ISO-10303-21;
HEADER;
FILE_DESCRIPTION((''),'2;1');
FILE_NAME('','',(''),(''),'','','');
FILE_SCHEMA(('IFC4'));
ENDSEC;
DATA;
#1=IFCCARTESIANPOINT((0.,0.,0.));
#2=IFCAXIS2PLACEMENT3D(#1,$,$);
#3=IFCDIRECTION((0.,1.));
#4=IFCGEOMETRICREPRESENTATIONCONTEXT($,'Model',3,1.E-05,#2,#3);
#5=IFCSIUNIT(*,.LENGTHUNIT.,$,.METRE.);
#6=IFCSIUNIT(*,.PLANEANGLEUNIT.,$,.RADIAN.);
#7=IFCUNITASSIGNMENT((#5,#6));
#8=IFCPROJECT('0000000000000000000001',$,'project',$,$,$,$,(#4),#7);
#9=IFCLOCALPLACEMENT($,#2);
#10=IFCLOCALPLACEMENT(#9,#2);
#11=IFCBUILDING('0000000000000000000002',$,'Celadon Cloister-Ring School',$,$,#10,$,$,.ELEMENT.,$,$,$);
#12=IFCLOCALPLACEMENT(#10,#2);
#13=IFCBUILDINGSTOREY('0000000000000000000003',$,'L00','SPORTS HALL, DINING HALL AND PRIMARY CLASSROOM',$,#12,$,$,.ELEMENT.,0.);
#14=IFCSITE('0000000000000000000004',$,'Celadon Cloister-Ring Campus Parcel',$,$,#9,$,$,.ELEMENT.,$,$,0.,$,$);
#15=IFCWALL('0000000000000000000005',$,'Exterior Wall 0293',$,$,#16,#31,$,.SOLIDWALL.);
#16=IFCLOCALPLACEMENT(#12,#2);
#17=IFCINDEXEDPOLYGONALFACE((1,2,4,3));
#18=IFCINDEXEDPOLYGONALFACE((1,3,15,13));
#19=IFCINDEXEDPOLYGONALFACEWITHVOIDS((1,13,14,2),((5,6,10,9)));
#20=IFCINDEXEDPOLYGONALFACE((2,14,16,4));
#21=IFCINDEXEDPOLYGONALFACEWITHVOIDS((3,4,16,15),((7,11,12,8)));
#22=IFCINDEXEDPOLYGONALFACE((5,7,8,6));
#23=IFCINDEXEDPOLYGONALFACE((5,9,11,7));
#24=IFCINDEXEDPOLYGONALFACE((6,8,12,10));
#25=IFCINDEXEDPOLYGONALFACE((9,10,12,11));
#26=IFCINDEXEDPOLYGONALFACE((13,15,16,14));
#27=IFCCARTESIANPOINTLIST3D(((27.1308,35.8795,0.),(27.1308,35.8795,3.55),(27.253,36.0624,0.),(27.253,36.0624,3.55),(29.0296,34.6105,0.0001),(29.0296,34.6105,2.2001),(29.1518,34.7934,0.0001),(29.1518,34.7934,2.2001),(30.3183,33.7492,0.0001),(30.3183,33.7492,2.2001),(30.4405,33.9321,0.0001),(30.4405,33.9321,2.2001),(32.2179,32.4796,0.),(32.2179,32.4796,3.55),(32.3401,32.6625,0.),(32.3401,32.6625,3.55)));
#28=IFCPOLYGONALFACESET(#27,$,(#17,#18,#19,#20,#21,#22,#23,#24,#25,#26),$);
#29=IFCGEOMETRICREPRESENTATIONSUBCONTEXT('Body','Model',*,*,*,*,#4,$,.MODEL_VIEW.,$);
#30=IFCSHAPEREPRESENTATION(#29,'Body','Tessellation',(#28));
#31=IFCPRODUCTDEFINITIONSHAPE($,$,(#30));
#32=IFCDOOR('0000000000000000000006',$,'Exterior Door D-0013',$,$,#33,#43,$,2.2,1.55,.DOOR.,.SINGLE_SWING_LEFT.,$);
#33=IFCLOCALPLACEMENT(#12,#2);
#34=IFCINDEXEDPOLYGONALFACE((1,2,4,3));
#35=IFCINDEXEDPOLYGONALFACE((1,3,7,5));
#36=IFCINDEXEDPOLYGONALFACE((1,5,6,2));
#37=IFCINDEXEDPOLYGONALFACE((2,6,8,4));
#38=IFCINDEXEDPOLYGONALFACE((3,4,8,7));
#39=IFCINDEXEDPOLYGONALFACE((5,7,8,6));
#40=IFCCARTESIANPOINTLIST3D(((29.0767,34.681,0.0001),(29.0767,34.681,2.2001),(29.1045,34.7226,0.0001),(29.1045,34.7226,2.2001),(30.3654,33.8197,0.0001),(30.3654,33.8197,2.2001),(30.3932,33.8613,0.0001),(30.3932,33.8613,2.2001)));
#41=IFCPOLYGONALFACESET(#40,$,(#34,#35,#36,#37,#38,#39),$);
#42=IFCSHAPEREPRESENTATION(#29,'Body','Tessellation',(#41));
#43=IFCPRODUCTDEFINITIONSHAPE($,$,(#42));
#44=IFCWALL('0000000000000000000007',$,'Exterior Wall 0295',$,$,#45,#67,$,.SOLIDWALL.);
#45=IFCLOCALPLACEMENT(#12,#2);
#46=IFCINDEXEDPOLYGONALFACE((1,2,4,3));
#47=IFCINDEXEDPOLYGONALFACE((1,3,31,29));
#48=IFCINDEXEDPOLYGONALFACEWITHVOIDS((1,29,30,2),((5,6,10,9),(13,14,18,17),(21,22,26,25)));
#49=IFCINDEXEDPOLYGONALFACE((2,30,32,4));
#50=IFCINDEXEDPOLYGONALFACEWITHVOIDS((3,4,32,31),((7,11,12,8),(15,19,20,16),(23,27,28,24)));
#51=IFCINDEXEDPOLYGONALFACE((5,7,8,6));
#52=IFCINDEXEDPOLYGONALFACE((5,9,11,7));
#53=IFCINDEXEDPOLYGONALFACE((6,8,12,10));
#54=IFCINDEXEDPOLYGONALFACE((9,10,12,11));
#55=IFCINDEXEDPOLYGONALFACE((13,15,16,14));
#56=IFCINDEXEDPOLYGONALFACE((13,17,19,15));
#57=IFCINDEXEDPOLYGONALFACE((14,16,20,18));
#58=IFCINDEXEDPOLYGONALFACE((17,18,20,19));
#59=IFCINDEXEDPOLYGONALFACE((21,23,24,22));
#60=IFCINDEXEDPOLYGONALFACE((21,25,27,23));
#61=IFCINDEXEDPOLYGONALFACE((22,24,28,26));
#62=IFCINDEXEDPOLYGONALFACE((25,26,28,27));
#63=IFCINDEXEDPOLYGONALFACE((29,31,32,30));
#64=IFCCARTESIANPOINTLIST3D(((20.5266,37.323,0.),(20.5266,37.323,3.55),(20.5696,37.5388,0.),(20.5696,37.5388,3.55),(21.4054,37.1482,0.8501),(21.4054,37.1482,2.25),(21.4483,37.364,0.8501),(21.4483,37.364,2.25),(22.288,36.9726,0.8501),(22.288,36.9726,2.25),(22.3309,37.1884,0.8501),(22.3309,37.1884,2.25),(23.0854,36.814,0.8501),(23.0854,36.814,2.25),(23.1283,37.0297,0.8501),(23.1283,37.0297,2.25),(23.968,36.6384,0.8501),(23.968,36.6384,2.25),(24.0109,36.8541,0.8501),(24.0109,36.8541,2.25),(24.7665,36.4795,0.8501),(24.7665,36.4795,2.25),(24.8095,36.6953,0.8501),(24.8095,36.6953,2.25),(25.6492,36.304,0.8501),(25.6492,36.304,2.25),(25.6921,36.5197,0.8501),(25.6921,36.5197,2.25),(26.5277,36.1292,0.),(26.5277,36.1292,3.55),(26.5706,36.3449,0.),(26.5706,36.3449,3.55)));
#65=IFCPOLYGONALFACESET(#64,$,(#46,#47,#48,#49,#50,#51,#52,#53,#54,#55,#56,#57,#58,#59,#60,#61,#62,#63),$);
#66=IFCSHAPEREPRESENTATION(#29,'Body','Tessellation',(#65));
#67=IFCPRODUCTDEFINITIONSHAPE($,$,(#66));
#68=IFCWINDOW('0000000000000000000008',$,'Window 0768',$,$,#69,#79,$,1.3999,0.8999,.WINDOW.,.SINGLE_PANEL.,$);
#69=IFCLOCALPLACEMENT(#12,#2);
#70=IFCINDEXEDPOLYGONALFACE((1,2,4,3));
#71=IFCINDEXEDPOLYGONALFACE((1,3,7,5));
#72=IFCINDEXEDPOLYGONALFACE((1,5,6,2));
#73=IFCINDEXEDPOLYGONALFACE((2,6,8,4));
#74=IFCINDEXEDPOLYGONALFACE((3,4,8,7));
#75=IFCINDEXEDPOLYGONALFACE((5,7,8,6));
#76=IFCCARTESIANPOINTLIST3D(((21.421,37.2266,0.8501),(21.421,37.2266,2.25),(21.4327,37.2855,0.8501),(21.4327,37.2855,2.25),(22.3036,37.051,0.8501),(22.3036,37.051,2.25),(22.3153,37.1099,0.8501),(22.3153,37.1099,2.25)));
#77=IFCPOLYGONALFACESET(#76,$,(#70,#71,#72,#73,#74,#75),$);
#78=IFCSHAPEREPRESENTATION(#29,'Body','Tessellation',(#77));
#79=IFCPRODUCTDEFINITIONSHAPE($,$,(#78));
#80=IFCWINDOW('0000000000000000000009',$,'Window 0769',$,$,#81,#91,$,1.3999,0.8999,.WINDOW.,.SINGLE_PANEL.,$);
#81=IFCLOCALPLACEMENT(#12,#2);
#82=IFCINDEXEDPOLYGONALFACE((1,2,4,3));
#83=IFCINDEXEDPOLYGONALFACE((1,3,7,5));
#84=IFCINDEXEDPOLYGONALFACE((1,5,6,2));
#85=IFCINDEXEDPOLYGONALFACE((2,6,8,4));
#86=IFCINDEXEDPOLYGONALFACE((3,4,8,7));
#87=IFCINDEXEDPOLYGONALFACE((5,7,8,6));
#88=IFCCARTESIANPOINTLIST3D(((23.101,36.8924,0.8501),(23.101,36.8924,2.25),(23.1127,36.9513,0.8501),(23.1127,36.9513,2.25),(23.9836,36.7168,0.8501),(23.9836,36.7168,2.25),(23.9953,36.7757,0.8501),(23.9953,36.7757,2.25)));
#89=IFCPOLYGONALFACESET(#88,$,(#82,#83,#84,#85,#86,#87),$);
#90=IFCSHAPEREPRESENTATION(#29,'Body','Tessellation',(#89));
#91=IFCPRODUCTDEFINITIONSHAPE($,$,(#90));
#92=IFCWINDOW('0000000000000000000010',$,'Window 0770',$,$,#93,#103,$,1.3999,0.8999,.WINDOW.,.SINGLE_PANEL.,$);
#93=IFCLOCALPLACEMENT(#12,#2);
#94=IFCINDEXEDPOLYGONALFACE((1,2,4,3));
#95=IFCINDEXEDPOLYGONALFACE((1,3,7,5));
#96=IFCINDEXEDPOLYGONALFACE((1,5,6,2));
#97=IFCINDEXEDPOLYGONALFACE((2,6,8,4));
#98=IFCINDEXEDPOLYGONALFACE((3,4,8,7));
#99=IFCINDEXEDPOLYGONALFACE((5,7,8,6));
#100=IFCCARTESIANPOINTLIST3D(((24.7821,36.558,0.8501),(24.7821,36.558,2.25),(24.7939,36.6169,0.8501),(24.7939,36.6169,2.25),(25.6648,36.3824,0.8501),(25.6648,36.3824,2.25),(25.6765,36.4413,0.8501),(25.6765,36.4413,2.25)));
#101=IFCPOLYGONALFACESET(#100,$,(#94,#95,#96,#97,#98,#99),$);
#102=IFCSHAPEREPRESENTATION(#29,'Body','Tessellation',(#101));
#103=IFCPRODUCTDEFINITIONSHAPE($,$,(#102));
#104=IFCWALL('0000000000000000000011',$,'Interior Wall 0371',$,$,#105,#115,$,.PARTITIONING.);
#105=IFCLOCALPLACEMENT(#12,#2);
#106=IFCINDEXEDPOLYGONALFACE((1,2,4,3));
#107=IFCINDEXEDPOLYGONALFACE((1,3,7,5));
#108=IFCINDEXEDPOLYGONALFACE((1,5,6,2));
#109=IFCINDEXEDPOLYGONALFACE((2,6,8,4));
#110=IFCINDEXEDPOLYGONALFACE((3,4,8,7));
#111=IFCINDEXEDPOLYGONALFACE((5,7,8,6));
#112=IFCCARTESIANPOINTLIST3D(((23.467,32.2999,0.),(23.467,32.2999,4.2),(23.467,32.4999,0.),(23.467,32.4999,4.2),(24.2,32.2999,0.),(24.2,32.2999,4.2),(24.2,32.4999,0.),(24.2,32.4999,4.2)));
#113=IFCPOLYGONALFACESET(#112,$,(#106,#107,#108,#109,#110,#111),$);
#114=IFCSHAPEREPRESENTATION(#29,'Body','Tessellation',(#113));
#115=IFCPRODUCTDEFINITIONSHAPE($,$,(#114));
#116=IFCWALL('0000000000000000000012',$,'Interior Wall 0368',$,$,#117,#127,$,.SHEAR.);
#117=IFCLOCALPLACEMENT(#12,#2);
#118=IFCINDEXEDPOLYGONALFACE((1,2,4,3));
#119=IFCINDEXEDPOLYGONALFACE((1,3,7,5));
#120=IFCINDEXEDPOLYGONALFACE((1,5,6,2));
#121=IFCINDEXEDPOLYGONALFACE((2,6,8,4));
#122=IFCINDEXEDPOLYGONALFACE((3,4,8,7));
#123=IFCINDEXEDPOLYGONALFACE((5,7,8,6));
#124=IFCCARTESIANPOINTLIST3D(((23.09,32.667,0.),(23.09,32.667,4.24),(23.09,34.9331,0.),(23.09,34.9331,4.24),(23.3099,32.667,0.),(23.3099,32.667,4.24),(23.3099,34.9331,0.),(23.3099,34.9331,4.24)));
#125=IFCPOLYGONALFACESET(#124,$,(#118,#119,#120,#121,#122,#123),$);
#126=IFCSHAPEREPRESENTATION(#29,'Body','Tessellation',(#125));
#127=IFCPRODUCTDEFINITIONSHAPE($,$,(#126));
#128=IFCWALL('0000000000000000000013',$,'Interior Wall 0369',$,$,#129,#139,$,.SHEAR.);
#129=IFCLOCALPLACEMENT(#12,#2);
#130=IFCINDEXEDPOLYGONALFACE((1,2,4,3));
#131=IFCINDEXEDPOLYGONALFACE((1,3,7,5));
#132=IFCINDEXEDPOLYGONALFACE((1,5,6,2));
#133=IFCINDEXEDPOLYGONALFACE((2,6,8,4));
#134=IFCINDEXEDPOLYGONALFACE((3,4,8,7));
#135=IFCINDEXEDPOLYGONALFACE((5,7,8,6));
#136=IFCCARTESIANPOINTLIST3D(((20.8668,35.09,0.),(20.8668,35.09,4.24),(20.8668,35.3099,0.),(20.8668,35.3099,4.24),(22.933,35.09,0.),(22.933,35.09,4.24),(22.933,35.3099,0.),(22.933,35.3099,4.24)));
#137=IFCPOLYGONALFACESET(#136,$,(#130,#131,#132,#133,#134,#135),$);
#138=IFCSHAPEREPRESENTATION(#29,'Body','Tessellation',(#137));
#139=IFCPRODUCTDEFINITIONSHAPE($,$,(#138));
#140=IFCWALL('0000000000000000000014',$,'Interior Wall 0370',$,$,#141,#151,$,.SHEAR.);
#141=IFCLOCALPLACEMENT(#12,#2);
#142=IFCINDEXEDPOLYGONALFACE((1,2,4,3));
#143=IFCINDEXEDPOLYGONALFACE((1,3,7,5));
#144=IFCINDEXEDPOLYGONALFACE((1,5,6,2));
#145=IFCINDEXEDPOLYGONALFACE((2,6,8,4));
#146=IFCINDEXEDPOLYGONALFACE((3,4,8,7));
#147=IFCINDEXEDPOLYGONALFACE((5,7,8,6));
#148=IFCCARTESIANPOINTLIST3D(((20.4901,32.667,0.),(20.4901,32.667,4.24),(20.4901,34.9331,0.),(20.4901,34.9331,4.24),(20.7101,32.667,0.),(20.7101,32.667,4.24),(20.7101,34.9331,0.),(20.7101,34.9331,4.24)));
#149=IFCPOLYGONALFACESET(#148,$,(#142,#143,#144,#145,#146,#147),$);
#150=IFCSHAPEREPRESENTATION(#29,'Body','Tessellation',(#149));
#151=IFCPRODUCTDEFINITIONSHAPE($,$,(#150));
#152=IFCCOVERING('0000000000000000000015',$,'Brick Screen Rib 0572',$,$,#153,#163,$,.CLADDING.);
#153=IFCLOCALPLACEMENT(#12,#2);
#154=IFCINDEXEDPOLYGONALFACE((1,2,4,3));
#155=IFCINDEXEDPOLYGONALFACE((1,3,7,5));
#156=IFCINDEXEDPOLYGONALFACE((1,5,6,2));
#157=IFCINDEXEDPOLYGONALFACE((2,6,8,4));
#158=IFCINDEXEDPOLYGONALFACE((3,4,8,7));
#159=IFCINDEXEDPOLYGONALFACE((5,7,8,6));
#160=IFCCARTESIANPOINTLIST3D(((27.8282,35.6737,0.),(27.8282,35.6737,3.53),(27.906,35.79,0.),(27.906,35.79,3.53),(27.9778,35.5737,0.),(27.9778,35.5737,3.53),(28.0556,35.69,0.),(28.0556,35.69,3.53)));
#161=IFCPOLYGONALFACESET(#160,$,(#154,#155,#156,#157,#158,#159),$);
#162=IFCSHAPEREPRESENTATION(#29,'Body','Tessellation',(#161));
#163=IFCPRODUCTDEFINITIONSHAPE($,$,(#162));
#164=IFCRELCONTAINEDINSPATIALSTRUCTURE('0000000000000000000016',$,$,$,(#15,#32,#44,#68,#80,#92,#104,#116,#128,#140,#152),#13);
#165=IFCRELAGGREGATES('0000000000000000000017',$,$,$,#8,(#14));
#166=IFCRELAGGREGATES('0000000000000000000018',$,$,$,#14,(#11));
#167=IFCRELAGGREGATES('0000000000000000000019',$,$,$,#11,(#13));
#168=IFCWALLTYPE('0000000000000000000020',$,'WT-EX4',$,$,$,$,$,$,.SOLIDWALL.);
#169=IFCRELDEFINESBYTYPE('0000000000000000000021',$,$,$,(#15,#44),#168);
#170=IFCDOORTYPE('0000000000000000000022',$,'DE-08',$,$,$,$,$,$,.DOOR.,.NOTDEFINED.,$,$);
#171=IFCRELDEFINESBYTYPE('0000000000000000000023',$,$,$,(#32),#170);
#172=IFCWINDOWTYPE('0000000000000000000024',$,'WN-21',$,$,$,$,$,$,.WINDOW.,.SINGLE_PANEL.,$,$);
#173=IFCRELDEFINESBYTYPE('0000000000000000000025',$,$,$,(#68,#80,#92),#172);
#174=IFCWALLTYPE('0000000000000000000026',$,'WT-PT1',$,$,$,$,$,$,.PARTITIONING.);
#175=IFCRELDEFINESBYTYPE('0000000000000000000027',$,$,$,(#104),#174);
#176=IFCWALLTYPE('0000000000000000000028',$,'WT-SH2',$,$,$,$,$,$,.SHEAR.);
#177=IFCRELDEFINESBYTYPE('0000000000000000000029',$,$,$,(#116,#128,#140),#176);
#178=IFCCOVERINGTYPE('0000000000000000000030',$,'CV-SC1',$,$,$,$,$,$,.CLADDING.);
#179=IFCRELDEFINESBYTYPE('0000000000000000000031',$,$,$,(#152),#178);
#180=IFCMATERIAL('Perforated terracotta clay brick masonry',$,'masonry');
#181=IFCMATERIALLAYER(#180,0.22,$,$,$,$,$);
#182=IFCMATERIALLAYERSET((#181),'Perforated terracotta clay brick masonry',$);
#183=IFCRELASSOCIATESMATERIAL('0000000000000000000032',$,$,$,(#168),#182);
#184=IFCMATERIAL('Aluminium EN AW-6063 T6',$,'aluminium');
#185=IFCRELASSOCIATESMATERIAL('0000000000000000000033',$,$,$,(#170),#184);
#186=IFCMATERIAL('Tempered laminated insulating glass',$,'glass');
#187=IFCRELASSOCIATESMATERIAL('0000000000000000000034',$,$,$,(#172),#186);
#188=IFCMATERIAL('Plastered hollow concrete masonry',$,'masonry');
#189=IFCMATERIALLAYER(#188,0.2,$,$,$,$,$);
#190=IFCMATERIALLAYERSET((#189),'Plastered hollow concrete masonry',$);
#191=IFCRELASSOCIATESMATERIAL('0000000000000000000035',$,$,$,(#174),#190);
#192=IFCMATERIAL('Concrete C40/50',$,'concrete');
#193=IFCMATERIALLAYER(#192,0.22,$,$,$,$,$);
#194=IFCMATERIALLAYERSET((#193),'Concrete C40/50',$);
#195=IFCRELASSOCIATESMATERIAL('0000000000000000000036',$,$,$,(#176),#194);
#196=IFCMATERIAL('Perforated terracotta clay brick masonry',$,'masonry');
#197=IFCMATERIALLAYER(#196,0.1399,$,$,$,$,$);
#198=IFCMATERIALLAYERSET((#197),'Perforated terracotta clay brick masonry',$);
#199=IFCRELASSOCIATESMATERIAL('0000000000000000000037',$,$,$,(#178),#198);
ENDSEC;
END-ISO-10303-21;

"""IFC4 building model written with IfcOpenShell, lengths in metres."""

from ifc_helpers import new_model, si_unit, direction, frame, frame_2d, origin, origin_2d, place, context, subcontext, project, spatial, rectangle, extrude, material, layer, layer_set, type_object, element, fill, save


model = new_model("IFC4")

# Units and contexts
model_context = context("Model", 3, precision=1e-05, world=origin(), true_north=direction((0.0, 1.0)))
body_context = subcontext(model_context, "Body", "Model", "MODEL_VIEW")
ifc_project = project(units=[si_unit("LENGTHUNIT", "METRE"), si_unit("PLANEANGLEUNIT", "RADIAN")], contexts=[model_context])

# Site, building, storey
site_placement = place(None, origin())
site = spatial("IfcSite", under=ifc_project, at=site_placement, Name="Celadon Cloister-Ring Campus Parcel", CompositionType="ELEMENT", RefElevation=0.0)
building_placement = place(site_placement, origin())
building = spatial("IfcBuilding", under=site, at=building_placement, Name="Celadon Cloister-Ring School", CompositionType="ELEMENT")
storey_placement = place(building_placement, origin())
storey = spatial("IfcBuildingStorey", under=building, at=storey_placement, Name="L00", Description="SPORTS HALL, DINING HALL AND PRIMARY CLASSROOM", CompositionType="ELEMENT", Elevation=0.0)

# Wall, opening, door
ifc_material_1 = material(Name="Perforated terracotta clay brick masonry", Category="masonry")
ifc_layer_1 = layer(ifc_material_1, 0.22)
ifc_layer_set_1 = layer_set([ifc_layer_1], Name="Perforated terracotta clay brick masonry")
wall_type_1 = type_object("IfcWallType", Name="WT-EX4", PredefinedType="SOLIDWALL", material=ifc_layer_set_1)
wall_1_placement = place(storey_placement, frame((27.1919, 35.9709, 0.0), z_axis=(0.0, 0.0, 1.0), x_axis=(0.831411, -0.555657, 0.0)))
wall_1 = element("IfcWall", 1, at=wall_1_placement, inside=storey, type_object=wall_type_1, Name="Exterior Wall 0293", PredefinedType="SOLIDWALL", context=body_context, shape_type="SweptSolid", body=[
    extrude(rectangle(XDim=6.1187, YDim=0.22, at=frame_2d((3.0593, 0.0))), origin(), (0.0, 0.0, 1.0), 3.55),
])
opening_1_placement = place(wall_1_placement, frame((2.2839, 0.0, 0.0)))
opening_1 = element("IfcOpeningElement", 2, at=opening_1_placement, cuts=wall_1, PredefinedType="OPENING", context=body_context, shape_type="SweptSolid", body=[
    extrude(rectangle(XDim=1.55, YDim=2.2, at=frame_2d((0.7749, 1.1001))), frame((0.0, 0.1201, 0.0), z_axis=(0.0, -1.0, 0.0), x_axis=(1.0, 0.0, 0.0)), (0.0, 0.0, 1.0), 0.24),
])
ifc_material_2 = material(Name="Aluminium EN AW-6063 T6", Category="aluminium")
door_type = type_object("IfcDoorType", Name="DE-08", OperationType="NOTDEFINED", PredefinedType="DOOR", material=ifc_material_2)
door_placement = place(opening_1_placement, origin())
door = element("IfcDoor", 3, at=door_placement, inside=storey, type_object=door_type, Name="Exterior Door D-0013", OperationType="SINGLE_SWING_LEFT", OverallHeight=2.2, OverallWidth=1.55, PredefinedType="DOOR", context=body_context, shape_type="SweptSolid", body=[
    extrude(rectangle(XDim=1.55, YDim=2.2, at=frame_2d((0.7749, 1.1001))), frame((0.0, 0.0249, 0.0), z_axis=(0.0, -1.0, 0.0), x_axis=(1.0, 0.0, 0.0)), (0.0, 0.0, 1.0), 0.05),
])
fill(opening_1, door)

# Wall, openings, windows
wall_2_placement = place(storey_placement, frame((20.5481, 37.4309, 0.0), z_axis=(0.0, 0.0, 1.0), x_axis=(0.98078, -0.195118, 0.0)))
wall_2 = element("IfcWall", 4, at=wall_2_placement, inside=storey, type_object=wall_type_1, Name="Exterior Wall 0295", PredefinedType="SOLIDWALL", context=body_context, shape_type="SweptSolid", body=[
    extrude(rectangle(XDim=6.1187, YDim=0.22, at=frame_2d((3.0593, 0.0))), origin(), (0.0, 0.0, 1.0), 3.55),
])
opening_2_placement = place(wall_2_placement, frame((0.896, 0.0, 0.8501)))
opening_2 = element("IfcOpeningElement", 5, at=opening_2_placement, cuts=wall_2, PredefinedType="OPENING", context=body_context, shape_type="SweptSolid", body=[
    extrude(rectangle(XDim=0.8999, YDim=1.3999, at=frame_2d((0.45, 0.7))), frame((0.0, 0.1201, 0.0), z_axis=(0.0, -1.0, 0.0), x_axis=(1.0, 0.0, 0.0)), (0.0, 0.0, 1.0), 0.24),
])
opening_3_placement = place(wall_2_placement, frame((2.6089, 0.0, 0.8501)))
opening_3 = element("IfcOpeningElement", 6, at=opening_3_placement, cuts=wall_2, PredefinedType="OPENING", context=body_context, shape_type="SweptSolid", body=[
    extrude(rectangle(XDim=0.8999, YDim=1.3999, at=frame_2d((0.45, 0.7))), frame((0.0, 0.1201, 0.0), z_axis=(0.0, -1.0, 0.0), x_axis=(1.0, 0.0, 0.0)), (0.0, 0.0, 1.0), 0.24),
])
opening_4_placement = place(wall_2_placement, frame((4.323, 0.0, 0.8501)))
opening_4 = element("IfcOpeningElement", 7, at=opening_4_placement, cuts=wall_2, PredefinedType="OPENING", context=body_context, shape_type="SweptSolid", body=[
    extrude(rectangle(XDim=0.8999, YDim=1.3999, at=frame_2d((0.45, 0.7))), frame((0.0, 0.1201, 0.0), z_axis=(0.0, -1.0, 0.0), x_axis=(1.0, 0.0, 0.0)), (0.0, 0.0, 1.0), 0.24),
])
ifc_material_3 = material(Name="Tempered laminated insulating glass", Category="glass")
window_type = type_object("IfcWindowType", Name="WN-21", PartitioningType="SINGLE_PANEL", PredefinedType="WINDOW", material=ifc_material_3)
window_1_placement = place(opening_2_placement, origin())
window_1 = element("IfcWindow", 8, at=window_1_placement, inside=storey, type_object=window_type, Name="Window 0768", OverallHeight=1.3999, OverallWidth=0.8999, PartitioningType="SINGLE_PANEL", PredefinedType="WINDOW", context=body_context, shape_type="SweptSolid", body=[
    extrude(rectangle(XDim=0.8999, YDim=1.3999, at=frame_2d((0.45, 0.7))), frame((0.0, 0.03, 0.0), z_axis=(0.0, -1.0, 0.0), x_axis=(1.0, 0.0, 0.0)), (0.0, 0.0, 1.0), 0.0601),
])
fill(opening_2, window_1)
window_2_placement = place(opening_3_placement, origin())
window_2 = element("IfcWindow", 9, at=window_2_placement, inside=storey, type_object=window_type, Name="Window 0769", OverallHeight=1.3999, OverallWidth=0.8999, PartitioningType="SINGLE_PANEL", PredefinedType="WINDOW", context=body_context, shape_type="SweptSolid", body=[
    extrude(rectangle(XDim=0.8999, YDim=1.3999, at=frame_2d((0.45, 0.7))), frame((0.0, 0.03, 0.0), z_axis=(0.0, -1.0, 0.0), x_axis=(1.0, 0.0, 0.0)), (0.0, 0.0, 1.0), 0.0601),
])
fill(opening_3, window_2)
window_3_placement = place(opening_4_placement, origin())
window_3 = element("IfcWindow", 10, at=window_3_placement, inside=storey, type_object=window_type, Name="Window 0770", OverallHeight=1.3999, OverallWidth=0.8999, PartitioningType="SINGLE_PANEL", PredefinedType="WINDOW", context=body_context, shape_type="SweptSolid", body=[
    extrude(rectangle(XDim=0.8999, YDim=1.3999, at=frame_2d((0.45, 0.7))), frame((0.0, 0.03, 0.0), z_axis=(0.0, -1.0, 0.0), x_axis=(1.0, 0.0, 0.0)), (0.0, 0.0, 1.0), 0.0601),
])
fill(opening_4, window_3)

# Walls
ifc_material_4 = material(Name="Plastered hollow concrete masonry", Category="masonry")
ifc_layer_2 = layer(ifc_material_4, 0.2)
ifc_layer_set_2 = layer_set([ifc_layer_2], Name="Plastered hollow concrete masonry")
wall_type_2 = type_object("IfcWallType", Name="WT-PT1", PredefinedType="PARTITIONING", material=ifc_layer_set_2)
wall_3_placement = place(storey_placement, frame((23.467, 32.3999, 0.0), z_axis=(0.0, 0.0, 1.0), x_axis=(1.0, 0.0, 0.0)))
element("IfcWall", 11, at=wall_3_placement, inside=storey, type_object=wall_type_2, Name="Interior Wall 0371", PredefinedType="PARTITIONING", context=body_context, shape_type="SweptSolid", body=[
    extrude(rectangle(XDim=0.7329, YDim=0.2, at=frame_2d((0.3665, 0.0))), origin(), (0.0, 0.0, 1.0), 4.2),
])
ifc_material_5 = material(Name="Concrete C40/50", Category="concrete")
ifc_layer_3 = layer(ifc_material_5, 0.22)
ifc_layer_set_3 = layer_set([ifc_layer_3], Name="Concrete C40/50")
wall_type_3 = type_object("IfcWallType", Name="WT-SH2", PredefinedType="SHEAR", material=ifc_layer_set_3)
wall_4_placement = place(storey_placement, frame((23.2, 32.667, 0.0), z_axis=(0.0, 0.0, 1.0), x_axis=(0.0, 1.0, 0.0)))
element("IfcWall", 12, at=wall_4_placement, inside=storey, type_object=wall_type_3, Name="Interior Wall 0368", PredefinedType="SHEAR", context=body_context, shape_type="SweptSolid", body=[
    extrude(rectangle(XDim=2.2661, YDim=0.22, at=frame_2d((1.1331, 0.0))), origin(), (0.0, 0.0, 1.0), 4.24),
])
wall_5_placement = place(storey_placement, frame((22.9331, 35.2, 0.0), z_axis=(0.0, 0.0, 1.0), x_axis=(-1.0, 0.0, 0.0)))
element("IfcWall", 13, at=wall_5_placement, inside=storey, type_object=wall_type_3, Name="Interior Wall 0369", PredefinedType="SHEAR", context=body_context, shape_type="SweptSolid", body=[
    extrude(rectangle(XDim=2.0662, YDim=0.22, at=frame_2d((1.0332, 0.0))), origin(), (0.0, 0.0, 1.0), 4.24),
])
wall_6_placement = place(storey_placement, frame((20.6001, 34.9331, 0.0), z_axis=(0.0, 0.0, 1.0), x_axis=(0.0, -1.0, 0.0)))
element("IfcWall", 14, at=wall_6_placement, inside=storey, type_object=wall_type_3, Name="Interior Wall 0370", PredefinedType="SHEAR", context=body_context, shape_type="SweptSolid", body=[
    extrude(rectangle(XDim=2.2661, YDim=0.22, at=frame_2d((1.1331, 0.0))), origin(), (0.0, 0.0, 1.0), 4.24),
])

# Covering
ifc_material_6 = material(Name="Perforated terracotta clay brick masonry", Category="masonry")
ifc_layer_4 = layer(ifc_material_6, 0.1399)
ifc_layer_set_4 = layer_set([ifc_layer_4], Name="Perforated terracotta clay brick masonry")
covering_type = type_object("IfcCoveringType", Name="CV-SC1", PredefinedType="CLADDING", material=ifc_layer_set_4)
for number, where, z_axis, x_axis, name in (
    (15, (27.9419, 35.6819, 0.0), (0.0, 0.0, 1.0), (0.831392, -0.555686, 0.0), "Brick Screen Rib 0572"),
):
    element("IfcCovering", number, at=place(storey_placement, frame(where, z_axis=z_axis, x_axis=x_axis)), inside=storey, type_object=covering_type, Name=name, PredefinedType="CLADDING", context=body_context, shape_type="SweptSolid", body=[
        extrude(rectangle(XDim=0.1799, YDim=0.1399, at=origin_2d()), origin(), (0.0, 0.0, 1.0), 3.53),
    ])

save(model, "model.ifc")
